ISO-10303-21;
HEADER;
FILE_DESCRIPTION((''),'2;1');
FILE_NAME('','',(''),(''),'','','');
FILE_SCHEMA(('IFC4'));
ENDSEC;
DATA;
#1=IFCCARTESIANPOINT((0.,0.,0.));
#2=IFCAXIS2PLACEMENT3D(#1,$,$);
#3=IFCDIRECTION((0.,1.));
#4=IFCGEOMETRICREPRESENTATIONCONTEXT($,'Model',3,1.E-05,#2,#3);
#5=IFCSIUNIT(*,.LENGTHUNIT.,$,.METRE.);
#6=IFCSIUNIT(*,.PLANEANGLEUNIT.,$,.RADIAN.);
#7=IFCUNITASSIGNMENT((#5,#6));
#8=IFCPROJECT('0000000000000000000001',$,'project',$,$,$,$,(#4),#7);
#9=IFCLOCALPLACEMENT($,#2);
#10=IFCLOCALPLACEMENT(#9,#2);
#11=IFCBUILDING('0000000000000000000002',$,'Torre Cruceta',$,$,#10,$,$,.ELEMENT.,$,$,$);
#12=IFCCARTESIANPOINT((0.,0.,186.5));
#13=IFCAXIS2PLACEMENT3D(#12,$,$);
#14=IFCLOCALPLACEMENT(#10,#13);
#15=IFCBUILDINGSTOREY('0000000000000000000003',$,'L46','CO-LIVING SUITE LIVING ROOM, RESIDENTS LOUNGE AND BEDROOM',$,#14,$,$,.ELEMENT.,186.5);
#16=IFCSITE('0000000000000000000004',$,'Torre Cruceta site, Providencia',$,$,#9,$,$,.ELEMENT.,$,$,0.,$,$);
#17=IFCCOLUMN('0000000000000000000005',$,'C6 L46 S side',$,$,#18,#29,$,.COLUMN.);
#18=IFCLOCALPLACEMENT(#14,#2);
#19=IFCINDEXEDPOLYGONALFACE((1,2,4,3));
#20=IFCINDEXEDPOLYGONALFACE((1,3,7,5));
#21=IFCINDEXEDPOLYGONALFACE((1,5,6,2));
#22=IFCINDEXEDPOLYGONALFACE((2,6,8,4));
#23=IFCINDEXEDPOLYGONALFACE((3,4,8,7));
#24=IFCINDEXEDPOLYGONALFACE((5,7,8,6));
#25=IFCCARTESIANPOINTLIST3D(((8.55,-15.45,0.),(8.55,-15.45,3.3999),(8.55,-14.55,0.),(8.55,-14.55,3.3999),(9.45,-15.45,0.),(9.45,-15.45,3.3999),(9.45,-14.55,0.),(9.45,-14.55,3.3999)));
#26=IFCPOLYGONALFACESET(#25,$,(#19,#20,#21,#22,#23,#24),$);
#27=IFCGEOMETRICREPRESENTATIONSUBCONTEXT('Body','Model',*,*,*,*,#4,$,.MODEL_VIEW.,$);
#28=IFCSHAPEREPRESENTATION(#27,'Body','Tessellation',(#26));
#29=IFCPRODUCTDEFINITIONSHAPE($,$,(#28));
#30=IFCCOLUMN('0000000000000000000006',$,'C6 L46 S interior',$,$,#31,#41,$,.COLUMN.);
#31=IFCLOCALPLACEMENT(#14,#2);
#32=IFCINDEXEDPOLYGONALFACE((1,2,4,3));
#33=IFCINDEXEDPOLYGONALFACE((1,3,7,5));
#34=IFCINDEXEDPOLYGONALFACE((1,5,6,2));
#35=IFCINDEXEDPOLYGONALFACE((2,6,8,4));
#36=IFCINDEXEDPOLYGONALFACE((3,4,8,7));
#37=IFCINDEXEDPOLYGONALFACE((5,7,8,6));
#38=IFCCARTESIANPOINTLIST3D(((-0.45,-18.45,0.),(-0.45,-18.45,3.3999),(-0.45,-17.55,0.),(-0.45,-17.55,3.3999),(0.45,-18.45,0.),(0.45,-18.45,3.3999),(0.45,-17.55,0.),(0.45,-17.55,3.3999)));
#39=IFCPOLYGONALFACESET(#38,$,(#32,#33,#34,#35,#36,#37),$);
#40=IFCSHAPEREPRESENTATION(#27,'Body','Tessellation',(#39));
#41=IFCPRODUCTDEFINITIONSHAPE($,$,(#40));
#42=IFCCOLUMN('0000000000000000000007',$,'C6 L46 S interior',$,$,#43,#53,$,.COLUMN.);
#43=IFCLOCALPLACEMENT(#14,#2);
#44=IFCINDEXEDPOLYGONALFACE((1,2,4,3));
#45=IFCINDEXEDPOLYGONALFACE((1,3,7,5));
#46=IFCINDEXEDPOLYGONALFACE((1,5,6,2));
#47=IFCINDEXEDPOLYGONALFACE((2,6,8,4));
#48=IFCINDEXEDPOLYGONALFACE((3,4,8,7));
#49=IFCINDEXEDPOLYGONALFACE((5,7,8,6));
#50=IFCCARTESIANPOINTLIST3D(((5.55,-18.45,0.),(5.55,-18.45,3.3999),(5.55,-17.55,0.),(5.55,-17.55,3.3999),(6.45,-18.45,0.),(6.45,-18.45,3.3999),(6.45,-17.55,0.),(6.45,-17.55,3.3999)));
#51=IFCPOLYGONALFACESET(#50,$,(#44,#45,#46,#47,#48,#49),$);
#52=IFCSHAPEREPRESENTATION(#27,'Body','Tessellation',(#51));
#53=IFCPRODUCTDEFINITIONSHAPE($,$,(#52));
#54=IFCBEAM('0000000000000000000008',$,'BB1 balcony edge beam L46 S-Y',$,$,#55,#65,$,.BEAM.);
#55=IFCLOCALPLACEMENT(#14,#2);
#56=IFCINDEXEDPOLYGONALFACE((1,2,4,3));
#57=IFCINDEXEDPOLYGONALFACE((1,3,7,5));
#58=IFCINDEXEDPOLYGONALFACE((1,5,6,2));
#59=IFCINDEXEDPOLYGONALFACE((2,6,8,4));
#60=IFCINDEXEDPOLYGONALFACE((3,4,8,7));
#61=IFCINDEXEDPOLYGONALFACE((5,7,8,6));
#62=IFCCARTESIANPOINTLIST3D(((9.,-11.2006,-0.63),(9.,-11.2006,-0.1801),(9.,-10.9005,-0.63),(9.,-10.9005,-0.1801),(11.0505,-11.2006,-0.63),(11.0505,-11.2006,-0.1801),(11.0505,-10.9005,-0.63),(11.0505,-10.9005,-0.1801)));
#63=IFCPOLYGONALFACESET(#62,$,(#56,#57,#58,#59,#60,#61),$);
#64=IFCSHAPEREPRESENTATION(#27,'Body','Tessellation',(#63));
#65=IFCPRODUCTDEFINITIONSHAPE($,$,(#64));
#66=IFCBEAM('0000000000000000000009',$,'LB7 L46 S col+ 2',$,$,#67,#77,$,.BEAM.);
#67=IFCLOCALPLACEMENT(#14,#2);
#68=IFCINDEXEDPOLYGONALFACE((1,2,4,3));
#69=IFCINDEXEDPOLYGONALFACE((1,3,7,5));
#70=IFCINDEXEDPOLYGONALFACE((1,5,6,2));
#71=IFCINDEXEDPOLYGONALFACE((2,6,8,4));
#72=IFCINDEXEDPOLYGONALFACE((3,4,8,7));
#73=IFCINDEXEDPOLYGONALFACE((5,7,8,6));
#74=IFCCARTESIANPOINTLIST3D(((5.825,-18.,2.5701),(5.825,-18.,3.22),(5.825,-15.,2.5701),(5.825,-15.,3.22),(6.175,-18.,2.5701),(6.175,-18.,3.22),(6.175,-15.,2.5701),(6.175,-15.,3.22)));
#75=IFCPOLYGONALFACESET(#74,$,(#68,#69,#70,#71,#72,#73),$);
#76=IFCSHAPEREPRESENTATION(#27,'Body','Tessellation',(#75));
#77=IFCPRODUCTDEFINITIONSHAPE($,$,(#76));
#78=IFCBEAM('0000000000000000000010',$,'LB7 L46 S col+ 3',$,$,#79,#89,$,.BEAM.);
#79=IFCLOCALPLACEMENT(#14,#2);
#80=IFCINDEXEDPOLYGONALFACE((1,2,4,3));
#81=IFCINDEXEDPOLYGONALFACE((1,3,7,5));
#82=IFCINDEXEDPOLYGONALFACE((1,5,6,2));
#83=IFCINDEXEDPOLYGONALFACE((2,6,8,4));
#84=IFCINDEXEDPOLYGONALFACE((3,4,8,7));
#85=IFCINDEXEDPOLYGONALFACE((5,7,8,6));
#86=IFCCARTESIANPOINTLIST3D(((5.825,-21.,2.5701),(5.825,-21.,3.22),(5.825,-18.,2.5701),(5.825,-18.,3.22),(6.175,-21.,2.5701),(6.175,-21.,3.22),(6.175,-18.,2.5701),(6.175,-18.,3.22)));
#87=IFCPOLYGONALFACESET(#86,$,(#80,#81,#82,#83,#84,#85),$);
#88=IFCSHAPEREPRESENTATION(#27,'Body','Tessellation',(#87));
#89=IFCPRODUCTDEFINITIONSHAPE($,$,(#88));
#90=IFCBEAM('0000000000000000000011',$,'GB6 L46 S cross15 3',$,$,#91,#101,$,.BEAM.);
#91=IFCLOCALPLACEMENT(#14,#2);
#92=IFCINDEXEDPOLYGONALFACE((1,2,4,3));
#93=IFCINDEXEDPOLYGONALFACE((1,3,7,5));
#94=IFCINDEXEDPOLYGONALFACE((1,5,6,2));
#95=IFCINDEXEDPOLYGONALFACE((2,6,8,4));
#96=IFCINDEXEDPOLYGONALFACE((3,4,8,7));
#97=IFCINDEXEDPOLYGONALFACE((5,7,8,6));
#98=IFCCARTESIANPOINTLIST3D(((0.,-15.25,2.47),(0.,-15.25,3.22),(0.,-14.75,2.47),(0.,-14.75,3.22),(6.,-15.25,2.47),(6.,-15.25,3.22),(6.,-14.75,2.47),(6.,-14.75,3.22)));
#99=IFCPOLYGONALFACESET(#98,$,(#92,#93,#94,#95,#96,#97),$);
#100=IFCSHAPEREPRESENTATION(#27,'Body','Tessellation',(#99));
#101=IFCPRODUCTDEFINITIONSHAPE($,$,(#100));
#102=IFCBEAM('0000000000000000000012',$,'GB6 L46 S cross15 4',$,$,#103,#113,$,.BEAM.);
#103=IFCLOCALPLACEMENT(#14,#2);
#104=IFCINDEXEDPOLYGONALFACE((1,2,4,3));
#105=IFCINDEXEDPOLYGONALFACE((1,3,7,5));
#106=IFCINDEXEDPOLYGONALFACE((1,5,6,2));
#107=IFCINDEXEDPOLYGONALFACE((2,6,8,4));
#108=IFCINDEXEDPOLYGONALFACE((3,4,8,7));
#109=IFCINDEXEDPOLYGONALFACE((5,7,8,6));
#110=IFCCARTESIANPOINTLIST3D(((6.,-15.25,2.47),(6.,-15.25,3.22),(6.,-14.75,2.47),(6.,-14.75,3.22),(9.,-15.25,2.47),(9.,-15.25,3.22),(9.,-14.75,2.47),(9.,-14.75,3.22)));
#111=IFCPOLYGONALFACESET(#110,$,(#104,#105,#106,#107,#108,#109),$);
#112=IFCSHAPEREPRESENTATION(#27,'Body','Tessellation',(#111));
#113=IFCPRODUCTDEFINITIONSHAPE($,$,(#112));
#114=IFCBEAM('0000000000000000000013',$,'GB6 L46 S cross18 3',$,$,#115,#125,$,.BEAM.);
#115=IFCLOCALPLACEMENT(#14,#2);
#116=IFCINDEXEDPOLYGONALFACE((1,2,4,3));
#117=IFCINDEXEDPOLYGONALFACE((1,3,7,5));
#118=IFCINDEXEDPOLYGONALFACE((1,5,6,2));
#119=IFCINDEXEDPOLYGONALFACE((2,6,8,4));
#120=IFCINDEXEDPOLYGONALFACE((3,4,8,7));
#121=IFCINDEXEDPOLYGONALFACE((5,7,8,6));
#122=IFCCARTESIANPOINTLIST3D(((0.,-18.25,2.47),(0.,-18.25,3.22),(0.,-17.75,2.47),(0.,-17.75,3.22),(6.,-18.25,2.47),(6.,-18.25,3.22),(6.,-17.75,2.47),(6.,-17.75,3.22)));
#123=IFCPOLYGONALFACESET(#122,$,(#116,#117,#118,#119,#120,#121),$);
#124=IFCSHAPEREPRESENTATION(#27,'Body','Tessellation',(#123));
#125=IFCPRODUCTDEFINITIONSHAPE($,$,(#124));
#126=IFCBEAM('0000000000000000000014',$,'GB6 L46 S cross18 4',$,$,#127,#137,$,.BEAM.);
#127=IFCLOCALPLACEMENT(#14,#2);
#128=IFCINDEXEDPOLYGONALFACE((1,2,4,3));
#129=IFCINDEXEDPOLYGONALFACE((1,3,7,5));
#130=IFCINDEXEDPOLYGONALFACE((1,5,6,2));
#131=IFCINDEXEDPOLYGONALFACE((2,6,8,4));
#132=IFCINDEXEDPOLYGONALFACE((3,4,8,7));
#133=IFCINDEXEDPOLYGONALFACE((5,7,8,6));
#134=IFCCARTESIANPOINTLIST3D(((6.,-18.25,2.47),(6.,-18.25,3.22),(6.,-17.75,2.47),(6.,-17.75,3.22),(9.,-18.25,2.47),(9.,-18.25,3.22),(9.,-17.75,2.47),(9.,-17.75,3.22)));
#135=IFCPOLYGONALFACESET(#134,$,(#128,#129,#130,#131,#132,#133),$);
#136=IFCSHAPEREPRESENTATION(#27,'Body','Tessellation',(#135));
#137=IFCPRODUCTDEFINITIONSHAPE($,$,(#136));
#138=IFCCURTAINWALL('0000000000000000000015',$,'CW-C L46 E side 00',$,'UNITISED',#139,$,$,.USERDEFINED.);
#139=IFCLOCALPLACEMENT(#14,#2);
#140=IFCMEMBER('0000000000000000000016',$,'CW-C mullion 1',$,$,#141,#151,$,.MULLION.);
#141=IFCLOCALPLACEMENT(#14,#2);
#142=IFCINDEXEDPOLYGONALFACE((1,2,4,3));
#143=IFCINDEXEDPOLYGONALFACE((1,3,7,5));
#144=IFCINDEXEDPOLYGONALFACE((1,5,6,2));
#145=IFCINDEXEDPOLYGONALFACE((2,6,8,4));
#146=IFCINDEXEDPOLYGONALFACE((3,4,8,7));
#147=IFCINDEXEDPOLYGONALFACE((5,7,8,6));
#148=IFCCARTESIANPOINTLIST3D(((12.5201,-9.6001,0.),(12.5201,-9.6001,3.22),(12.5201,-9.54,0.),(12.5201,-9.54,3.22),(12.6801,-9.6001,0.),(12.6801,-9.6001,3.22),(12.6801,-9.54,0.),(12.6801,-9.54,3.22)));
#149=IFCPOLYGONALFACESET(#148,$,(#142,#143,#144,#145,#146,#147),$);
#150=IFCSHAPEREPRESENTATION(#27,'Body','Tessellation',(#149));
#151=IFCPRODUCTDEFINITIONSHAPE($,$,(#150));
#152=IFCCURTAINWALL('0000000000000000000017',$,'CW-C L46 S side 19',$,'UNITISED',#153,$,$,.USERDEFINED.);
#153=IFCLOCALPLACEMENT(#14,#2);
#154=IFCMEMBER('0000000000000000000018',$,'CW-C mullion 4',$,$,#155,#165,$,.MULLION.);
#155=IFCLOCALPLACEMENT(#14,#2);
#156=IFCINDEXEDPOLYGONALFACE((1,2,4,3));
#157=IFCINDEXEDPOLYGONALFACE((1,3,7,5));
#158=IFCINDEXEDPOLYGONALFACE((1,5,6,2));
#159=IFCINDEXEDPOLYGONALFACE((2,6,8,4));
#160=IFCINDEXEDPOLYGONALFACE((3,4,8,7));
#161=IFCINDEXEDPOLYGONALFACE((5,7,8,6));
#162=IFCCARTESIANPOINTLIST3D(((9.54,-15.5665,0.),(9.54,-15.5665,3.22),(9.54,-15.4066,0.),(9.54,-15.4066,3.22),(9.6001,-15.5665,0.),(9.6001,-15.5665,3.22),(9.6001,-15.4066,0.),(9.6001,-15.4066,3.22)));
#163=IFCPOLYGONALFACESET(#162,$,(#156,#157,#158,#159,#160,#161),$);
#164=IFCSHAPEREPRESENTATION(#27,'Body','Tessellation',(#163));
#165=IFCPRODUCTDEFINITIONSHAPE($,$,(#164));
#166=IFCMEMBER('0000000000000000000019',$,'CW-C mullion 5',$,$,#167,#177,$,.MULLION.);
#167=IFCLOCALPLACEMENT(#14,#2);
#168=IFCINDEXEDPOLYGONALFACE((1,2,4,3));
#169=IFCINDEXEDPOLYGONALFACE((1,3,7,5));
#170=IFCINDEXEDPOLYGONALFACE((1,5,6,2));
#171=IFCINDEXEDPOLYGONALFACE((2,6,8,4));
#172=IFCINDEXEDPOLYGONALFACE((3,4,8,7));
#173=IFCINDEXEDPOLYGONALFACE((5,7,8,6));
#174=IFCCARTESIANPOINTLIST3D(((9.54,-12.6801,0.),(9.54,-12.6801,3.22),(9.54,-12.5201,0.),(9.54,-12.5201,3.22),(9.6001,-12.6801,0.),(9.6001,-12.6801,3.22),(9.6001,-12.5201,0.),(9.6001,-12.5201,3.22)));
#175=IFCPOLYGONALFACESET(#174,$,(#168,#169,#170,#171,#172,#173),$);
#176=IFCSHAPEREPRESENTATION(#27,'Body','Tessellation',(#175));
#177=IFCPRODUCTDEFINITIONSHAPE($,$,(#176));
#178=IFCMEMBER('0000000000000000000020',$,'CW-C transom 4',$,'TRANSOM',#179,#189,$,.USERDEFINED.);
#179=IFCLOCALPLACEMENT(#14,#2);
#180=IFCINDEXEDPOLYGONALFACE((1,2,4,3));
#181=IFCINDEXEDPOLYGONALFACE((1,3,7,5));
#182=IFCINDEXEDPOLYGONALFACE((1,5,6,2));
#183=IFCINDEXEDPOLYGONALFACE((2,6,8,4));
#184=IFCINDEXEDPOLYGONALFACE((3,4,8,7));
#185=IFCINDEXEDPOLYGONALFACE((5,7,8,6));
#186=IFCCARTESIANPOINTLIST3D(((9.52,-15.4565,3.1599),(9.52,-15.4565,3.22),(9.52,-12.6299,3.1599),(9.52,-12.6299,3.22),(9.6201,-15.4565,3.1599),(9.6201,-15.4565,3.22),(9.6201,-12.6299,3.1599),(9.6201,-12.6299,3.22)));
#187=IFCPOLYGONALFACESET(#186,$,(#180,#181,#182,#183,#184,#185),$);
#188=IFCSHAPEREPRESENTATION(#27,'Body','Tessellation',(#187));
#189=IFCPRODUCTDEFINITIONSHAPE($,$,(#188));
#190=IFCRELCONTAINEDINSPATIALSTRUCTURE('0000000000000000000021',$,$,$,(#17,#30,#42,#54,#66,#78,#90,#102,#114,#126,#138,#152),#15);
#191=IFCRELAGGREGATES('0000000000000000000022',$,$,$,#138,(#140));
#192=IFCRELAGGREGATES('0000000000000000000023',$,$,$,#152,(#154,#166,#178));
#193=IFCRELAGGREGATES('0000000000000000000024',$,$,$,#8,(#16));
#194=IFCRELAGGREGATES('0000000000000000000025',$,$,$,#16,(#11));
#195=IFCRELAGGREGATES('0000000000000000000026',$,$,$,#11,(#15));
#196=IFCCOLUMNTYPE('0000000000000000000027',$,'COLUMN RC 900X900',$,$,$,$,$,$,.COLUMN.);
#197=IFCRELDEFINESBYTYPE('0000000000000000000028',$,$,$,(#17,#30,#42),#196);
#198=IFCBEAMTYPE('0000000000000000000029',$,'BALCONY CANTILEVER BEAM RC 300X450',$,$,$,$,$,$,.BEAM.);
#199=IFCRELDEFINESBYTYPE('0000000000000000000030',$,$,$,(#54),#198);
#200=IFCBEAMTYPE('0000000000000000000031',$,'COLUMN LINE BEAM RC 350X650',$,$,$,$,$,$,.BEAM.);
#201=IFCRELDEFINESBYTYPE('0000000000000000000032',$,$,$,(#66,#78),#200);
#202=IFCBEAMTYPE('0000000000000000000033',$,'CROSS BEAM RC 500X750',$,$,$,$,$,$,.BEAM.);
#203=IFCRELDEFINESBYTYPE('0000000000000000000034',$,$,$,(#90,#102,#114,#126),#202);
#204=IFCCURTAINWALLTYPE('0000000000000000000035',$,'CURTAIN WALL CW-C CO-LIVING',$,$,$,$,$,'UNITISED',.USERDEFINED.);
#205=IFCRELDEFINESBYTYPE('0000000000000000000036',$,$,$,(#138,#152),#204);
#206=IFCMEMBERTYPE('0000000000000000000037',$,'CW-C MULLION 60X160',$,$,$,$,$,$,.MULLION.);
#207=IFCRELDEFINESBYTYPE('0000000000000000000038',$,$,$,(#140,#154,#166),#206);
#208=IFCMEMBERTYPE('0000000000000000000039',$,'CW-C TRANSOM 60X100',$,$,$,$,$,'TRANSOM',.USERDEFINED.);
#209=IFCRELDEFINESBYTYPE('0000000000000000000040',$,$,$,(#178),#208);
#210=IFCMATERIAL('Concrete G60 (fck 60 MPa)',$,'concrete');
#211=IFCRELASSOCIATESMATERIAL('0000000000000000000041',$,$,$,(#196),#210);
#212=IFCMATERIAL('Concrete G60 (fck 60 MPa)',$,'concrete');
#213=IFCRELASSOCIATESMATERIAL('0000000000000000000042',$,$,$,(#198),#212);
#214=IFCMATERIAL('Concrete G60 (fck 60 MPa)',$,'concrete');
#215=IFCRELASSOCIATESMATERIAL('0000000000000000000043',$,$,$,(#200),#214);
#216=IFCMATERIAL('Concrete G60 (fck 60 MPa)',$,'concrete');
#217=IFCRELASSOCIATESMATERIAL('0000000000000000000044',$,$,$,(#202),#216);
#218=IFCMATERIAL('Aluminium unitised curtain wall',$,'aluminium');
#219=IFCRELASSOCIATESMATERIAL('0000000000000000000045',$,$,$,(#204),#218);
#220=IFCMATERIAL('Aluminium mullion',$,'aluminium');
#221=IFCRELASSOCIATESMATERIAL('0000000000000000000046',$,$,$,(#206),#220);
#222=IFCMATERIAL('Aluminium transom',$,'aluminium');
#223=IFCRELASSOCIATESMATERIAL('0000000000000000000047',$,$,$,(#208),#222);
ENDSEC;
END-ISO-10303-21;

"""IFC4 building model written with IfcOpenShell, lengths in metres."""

from ifc_helpers import new_model, si_unit, direction, frame, origin, origin_2d, place, context, subcontext, project, spatial, rectangle, extrude, material, material_profile, profile_set, type_object, element, aggregate, save


model = new_model("IFC4")

# Units and contexts
model_context = context("Model", 3, precision=1e-05, world=origin(), true_north=direction((0.0, 1.0)))
body_context = subcontext(model_context, "Body", "Model", "MODEL_VIEW")
ifc_project = project(units=[si_unit("LENGTHUNIT", "METRE"), si_unit("PLANEANGLEUNIT", "RADIAN")], contexts=[model_context])

# Site, building, storey
site_placement = place(None, origin())
site = spatial("IfcSite", under=ifc_project, at=site_placement, Name="Torre Cruceta site, Providencia", CompositionType="ELEMENT", RefElevation=0.0)
building_placement = place(site_placement, origin())
building = spatial("IfcBuilding", under=site, at=building_placement, Name="Torre Cruceta", CompositionType="ELEMENT")
storey_placement = place(building_placement, frame((0.0, 0.0, 186.5)))
storey = spatial("IfcBuildingStorey", under=building, at=storey_placement, Name="L46", Description="CO-LIVING SUITE LIVING ROOM, RESIDENTS LOUNGE AND BEDROOM", CompositionType="ELEMENT", Elevation=186.5)

# Columns
ifc_material_1 = material(Name="Concrete G60 (fck 60 MPa)", Category="concrete")
ifc_material_profile_1 = material_profile(ifc_material_1, rectangle(XDim=0.8999, YDim=0.8999, at=origin_2d()), Name="RC 900X900")
ifc_profile_set_1 = profile_set([ifc_material_profile_1], Name="Concrete G60 (fck 60 MPa)")
column_type = type_object("IfcColumnType", Name="COLUMN RC 900X900", PredefinedType="COLUMN", material=ifc_profile_set_1)
for number, where, z_axis, x_axis, name in (
    (1, (9.0, -15.0, 0.0), (0.0, 0.0, 1.0), (1.0, 0.0, 0.0), "C6 L46 S side"),
    (2, (0.0, -18.0, 0.0), (0.0, 0.0, 1.0), (1.0, 0.0, 0.0), "C6 L46 S interior"),
    (3, (6.0, -18.0, 0.0), (0.0, 0.0, 1.0), (1.0, 0.0, 0.0), "C6 L46 S interior"),
):
    element("IfcColumn", number, at=place(storey_placement, frame(where, z_axis=z_axis, x_axis=x_axis)), inside=storey, type_object=column_type, Name=name, PredefinedType="COLUMN", context=body_context, shape_type="SweptSolid", body=[
        extrude(rectangle(XDim=0.8999, YDim=0.8999, at=origin_2d()), origin(), (0.0, 0.0, 1.0), 3.3999),
    ])

# Beams
ifc_material_2 = material(Name="Concrete G60 (fck 60 MPa)", Category="concrete")
ifc_material_profile_2 = material_profile(ifc_material_2, rectangle(XDim=0.3, YDim=0.45, at=origin_2d()), Name="RC 300X450")
ifc_profile_set_2 = profile_set([ifc_material_profile_2], Name="Concrete G60 (fck 60 MPa)")
beam_type_1 = type_object("IfcBeamType", Name="BALCONY CANTILEVER BEAM RC 300X450", PredefinedType="BEAM", material=ifc_profile_set_2)
beam_1_placement = place(storey_placement, frame((9.0, -11.0505, -0.405), z_axis=(1.0, 0.0, 0.0), x_axis=(0.0, 1.0, 0.0)))
element("IfcBeam", 4, at=beam_1_placement, inside=storey, type_object=beam_type_1, Name="BB1 balcony edge beam L46 S-Y", PredefinedType="BEAM", context=body_context, shape_type="SweptSolid", body=[
    extrude(rectangle(XDim=0.3, YDim=0.45, at=origin_2d()), origin(), (0.0, 0.0, 1.0), 2.0505),
])
ifc_material_3 = material(Name="Concrete G60 (fck 60 MPa)", Category="concrete")
ifc_material_profile_3 = material_profile(ifc_material_3, rectangle(XDim=0.3501, YDim=0.6499, at=origin_2d()), Name="RC 350X650")
ifc_profile_set_3 = profile_set([ifc_material_profile_3], Name="Concrete G60 (fck 60 MPa)")
beam_type_2 = type_object("IfcBeamType", Name="COLUMN LINE BEAM RC 350X650", PredefinedType="BEAM", material=ifc_profile_set_3)
for number, where, z_axis, x_axis, name in (
    (5, (6.0, -15.0, 2.895), (0.0, -1.0, 0.0), (1.0, 0.0, 0.0), "LB7 L46 S col+ 2"),
    (6, (6.0, -18.0, 2.895), (0.0, -1.0, 0.0), (1.0, 0.0, 0.0), "LB7 L46 S col+ 3"),
):
    element("IfcBeam", number, at=place(storey_placement, frame(where, z_axis=z_axis, x_axis=x_axis)), inside=storey, type_object=beam_type_2, Name=name, PredefinedType="BEAM", context=body_context, shape_type="SweptSolid", body=[
        extrude(rectangle(XDim=0.3501, YDim=0.6499, at=origin_2d()), origin(), (0.0, 0.0, 1.0), 3.0),
    ])
ifc_material_4 = material(Name="Concrete G60 (fck 60 MPa)", Category="concrete")
ifc_material_profile_4 = material_profile(ifc_material_4, rectangle(XDim=0.5, YDim=0.75, at=origin_2d()), Name="RC 500X750")
ifc_profile_set_4 = profile_set([ifc_material_profile_4], Name="Concrete G60 (fck 60 MPa)")
beam_type_3 = type_object("IfcBeamType", Name="CROSS BEAM RC 500X750", PredefinedType="BEAM", material=ifc_profile_set_4)
beam_2_placement = place(storey_placement, frame((0.0, -15.0, 2.845), z_axis=(1.0, 0.0, 0.0), x_axis=(0.0, 1.0, 0.0)))
element("IfcBeam", 7, at=beam_2_placement, inside=storey, type_object=beam_type_3, Name="GB6 L46 S cross15 3", PredefinedType="BEAM", context=body_context, shape_type="SweptSolid", body=[
    extrude(rectangle(XDim=0.5, YDim=0.75, at=origin_2d()), origin(), (0.0, 0.0, 1.0), 6.0),
])
beam_3_placement = place(storey_placement, frame((6.0, -15.0, 2.845), z_axis=(1.0, 0.0, 0.0), x_axis=(0.0, 1.0, 0.0)))
element("IfcBeam", 8, at=beam_3_placement, inside=storey, type_object=beam_type_3, Name="GB6 L46 S cross15 4", PredefinedType="BEAM", context=body_context, shape_type="SweptSolid", body=[
    extrude(rectangle(XDim=0.5, YDim=0.75, at=origin_2d()), origin(), (0.0, 0.0, 1.0), 3.0),
])
beam_4_placement = place(storey_placement, frame((0.0, -18.0, 2.845), z_axis=(1.0, 0.0, 0.0), x_axis=(0.0, 1.0, 0.0)))
element("IfcBeam", 9, at=beam_4_placement, inside=storey, type_object=beam_type_3, Name="GB6 L46 S cross18 3", PredefinedType="BEAM", context=body_context, shape_type="SweptSolid", body=[
    extrude(rectangle(XDim=0.5, YDim=0.75, at=origin_2d()), origin(), (0.0, 0.0, 1.0), 6.0),
])
beam_5_placement = place(storey_placement, frame((6.0, -18.0, 2.845), z_axis=(1.0, 0.0, 0.0), x_axis=(0.0, 1.0, 0.0)))
element("IfcBeam", 10, at=beam_5_placement, inside=storey, type_object=beam_type_3, Name="GB6 L46 S cross18 4", PredefinedType="BEAM", context=body_context, shape_type="SweptSolid", body=[
    extrude(rectangle(XDim=0.5, YDim=0.75, at=origin_2d()), origin(), (0.0, 0.0, 1.0), 3.0),
])

# Curtain wall, member
ifc_material_5 = material(Name="Aluminium unitised curtain wall", Category="aluminium")
curtain_wall_type = type_object("IfcCurtainWallType", Name="CURTAIN WALL CW-C CO-LIVING", ElementType="UNITISED", PredefinedType="USERDEFINED", material=ifc_material_5)
curtain_wall_1_placement = place(storey_placement, origin())
curtain_wall_1 = element("IfcCurtainWall", 11, at=curtain_wall_1_placement, inside=storey, type_object=curtain_wall_type, Name="CW-C L46 E side 00", ObjectType="UNITISED", PredefinedType="USERDEFINED")
ifc_material_6 = material(Name="Aluminium mullion", Category="aluminium")
ifc_material_profile_5 = material_profile(ifc_material_6, rectangle(XDim=0.0601, YDim=0.1599, at=origin_2d()), Name="AL 60X160")
ifc_profile_set_5 = profile_set([ifc_material_profile_5], Name="Aluminium mullion")
member_type_1 = type_object("IfcMemberType", Name="CW-C MULLION 60X160", PredefinedType="MULLION", material=ifc_profile_set_5)
member_1_placement = place(storey_placement, frame((12.6001, -9.5701, 0.0), z_axis=(0.0, 0.0, 1.0), x_axis=(0.0, 1.0, 0.0)))
member_1 = element("IfcMember", 12, at=member_1_placement, type_object=member_type_1, Name="CW-C mullion 1", PredefinedType="MULLION", context=body_context, shape_type="SweptSolid", body=[
    extrude(rectangle(XDim=0.0601, YDim=0.1599, at=origin_2d()), origin(), (0.0, 0.0, 1.0), 3.22),
])
aggregate(curtain_wall_1, [member_1])

# Curtain wall, members
curtain_wall_2_placement = place(storey_placement, origin())
curtain_wall_2 = element("IfcCurtainWall", 13, at=curtain_wall_2_placement, inside=storey, type_object=curtain_wall_type, Name="CW-C L46 S side 19", ObjectType="UNITISED", PredefinedType="USERDEFINED")
member_2_placement = place(storey_placement, frame((9.5701, -15.4866, 0.0), z_axis=(0.0, 0.0, 1.0), x_axis=(-1.0, 0.0, 0.0)))
member_2 = element("IfcMember", 14, at=member_2_placement, type_object=member_type_1, Name="CW-C mullion 4", PredefinedType="MULLION", context=body_context, shape_type="SweptSolid", body=[
    extrude(rectangle(XDim=0.0601, YDim=0.1599, at=origin_2d()), origin(), (0.0, 0.0, 1.0), 3.22),
])
member_3_placement = place(storey_placement, frame((9.5701, -12.6001, 0.0), z_axis=(0.0, 0.0, 1.0), x_axis=(-1.0, 0.0, 0.0)))
member_3 = element("IfcMember", 15, at=member_3_placement, type_object=member_type_1, Name="CW-C mullion 5", PredefinedType="MULLION", context=body_context, shape_type="SweptSolid", body=[
    extrude(rectangle(XDim=0.0601, YDim=0.1599, at=origin_2d()), origin(), (0.0, 0.0, 1.0), 3.22),
])
ifc_material_7 = material(Name="Aluminium transom", Category="aluminium")
ifc_material_profile_6 = material_profile(ifc_material_7, rectangle(XDim=0.1001, YDim=0.0601, at=origin_2d()), Name="AL 100X60")
ifc_profile_set_6 = profile_set([ifc_material_profile_6], Name="Aluminium transom")
member_type_2 = type_object("IfcMemberType", Name="CW-C TRANSOM 60X100", ElementType="TRANSOM", PredefinedType="USERDEFINED", material=ifc_profile_set_6)
member_4_placement = place(storey_placement, frame((9.5701, -15.4565, 3.1899), z_axis=(0.0, 1.0, 0.0), x_axis=(-1.0, 0.0, 0.0)))
member_4 = element("IfcMember", 16, at=member_4_placement, type_object=member_type_2, Name="CW-C transom 4", ObjectType="TRANSOM", PredefinedType="USERDEFINED", context=body_context, shape_type="SweptSolid", body=[
    extrude(rectangle(XDim=0.1001, YDim=0.0601, at=origin_2d()), origin(), (0.0, 0.0, 1.0), 2.8267),
])

aggregate(curtain_wall_2, [member_2, member_3, member_4])

save(model, "model.ifc")
